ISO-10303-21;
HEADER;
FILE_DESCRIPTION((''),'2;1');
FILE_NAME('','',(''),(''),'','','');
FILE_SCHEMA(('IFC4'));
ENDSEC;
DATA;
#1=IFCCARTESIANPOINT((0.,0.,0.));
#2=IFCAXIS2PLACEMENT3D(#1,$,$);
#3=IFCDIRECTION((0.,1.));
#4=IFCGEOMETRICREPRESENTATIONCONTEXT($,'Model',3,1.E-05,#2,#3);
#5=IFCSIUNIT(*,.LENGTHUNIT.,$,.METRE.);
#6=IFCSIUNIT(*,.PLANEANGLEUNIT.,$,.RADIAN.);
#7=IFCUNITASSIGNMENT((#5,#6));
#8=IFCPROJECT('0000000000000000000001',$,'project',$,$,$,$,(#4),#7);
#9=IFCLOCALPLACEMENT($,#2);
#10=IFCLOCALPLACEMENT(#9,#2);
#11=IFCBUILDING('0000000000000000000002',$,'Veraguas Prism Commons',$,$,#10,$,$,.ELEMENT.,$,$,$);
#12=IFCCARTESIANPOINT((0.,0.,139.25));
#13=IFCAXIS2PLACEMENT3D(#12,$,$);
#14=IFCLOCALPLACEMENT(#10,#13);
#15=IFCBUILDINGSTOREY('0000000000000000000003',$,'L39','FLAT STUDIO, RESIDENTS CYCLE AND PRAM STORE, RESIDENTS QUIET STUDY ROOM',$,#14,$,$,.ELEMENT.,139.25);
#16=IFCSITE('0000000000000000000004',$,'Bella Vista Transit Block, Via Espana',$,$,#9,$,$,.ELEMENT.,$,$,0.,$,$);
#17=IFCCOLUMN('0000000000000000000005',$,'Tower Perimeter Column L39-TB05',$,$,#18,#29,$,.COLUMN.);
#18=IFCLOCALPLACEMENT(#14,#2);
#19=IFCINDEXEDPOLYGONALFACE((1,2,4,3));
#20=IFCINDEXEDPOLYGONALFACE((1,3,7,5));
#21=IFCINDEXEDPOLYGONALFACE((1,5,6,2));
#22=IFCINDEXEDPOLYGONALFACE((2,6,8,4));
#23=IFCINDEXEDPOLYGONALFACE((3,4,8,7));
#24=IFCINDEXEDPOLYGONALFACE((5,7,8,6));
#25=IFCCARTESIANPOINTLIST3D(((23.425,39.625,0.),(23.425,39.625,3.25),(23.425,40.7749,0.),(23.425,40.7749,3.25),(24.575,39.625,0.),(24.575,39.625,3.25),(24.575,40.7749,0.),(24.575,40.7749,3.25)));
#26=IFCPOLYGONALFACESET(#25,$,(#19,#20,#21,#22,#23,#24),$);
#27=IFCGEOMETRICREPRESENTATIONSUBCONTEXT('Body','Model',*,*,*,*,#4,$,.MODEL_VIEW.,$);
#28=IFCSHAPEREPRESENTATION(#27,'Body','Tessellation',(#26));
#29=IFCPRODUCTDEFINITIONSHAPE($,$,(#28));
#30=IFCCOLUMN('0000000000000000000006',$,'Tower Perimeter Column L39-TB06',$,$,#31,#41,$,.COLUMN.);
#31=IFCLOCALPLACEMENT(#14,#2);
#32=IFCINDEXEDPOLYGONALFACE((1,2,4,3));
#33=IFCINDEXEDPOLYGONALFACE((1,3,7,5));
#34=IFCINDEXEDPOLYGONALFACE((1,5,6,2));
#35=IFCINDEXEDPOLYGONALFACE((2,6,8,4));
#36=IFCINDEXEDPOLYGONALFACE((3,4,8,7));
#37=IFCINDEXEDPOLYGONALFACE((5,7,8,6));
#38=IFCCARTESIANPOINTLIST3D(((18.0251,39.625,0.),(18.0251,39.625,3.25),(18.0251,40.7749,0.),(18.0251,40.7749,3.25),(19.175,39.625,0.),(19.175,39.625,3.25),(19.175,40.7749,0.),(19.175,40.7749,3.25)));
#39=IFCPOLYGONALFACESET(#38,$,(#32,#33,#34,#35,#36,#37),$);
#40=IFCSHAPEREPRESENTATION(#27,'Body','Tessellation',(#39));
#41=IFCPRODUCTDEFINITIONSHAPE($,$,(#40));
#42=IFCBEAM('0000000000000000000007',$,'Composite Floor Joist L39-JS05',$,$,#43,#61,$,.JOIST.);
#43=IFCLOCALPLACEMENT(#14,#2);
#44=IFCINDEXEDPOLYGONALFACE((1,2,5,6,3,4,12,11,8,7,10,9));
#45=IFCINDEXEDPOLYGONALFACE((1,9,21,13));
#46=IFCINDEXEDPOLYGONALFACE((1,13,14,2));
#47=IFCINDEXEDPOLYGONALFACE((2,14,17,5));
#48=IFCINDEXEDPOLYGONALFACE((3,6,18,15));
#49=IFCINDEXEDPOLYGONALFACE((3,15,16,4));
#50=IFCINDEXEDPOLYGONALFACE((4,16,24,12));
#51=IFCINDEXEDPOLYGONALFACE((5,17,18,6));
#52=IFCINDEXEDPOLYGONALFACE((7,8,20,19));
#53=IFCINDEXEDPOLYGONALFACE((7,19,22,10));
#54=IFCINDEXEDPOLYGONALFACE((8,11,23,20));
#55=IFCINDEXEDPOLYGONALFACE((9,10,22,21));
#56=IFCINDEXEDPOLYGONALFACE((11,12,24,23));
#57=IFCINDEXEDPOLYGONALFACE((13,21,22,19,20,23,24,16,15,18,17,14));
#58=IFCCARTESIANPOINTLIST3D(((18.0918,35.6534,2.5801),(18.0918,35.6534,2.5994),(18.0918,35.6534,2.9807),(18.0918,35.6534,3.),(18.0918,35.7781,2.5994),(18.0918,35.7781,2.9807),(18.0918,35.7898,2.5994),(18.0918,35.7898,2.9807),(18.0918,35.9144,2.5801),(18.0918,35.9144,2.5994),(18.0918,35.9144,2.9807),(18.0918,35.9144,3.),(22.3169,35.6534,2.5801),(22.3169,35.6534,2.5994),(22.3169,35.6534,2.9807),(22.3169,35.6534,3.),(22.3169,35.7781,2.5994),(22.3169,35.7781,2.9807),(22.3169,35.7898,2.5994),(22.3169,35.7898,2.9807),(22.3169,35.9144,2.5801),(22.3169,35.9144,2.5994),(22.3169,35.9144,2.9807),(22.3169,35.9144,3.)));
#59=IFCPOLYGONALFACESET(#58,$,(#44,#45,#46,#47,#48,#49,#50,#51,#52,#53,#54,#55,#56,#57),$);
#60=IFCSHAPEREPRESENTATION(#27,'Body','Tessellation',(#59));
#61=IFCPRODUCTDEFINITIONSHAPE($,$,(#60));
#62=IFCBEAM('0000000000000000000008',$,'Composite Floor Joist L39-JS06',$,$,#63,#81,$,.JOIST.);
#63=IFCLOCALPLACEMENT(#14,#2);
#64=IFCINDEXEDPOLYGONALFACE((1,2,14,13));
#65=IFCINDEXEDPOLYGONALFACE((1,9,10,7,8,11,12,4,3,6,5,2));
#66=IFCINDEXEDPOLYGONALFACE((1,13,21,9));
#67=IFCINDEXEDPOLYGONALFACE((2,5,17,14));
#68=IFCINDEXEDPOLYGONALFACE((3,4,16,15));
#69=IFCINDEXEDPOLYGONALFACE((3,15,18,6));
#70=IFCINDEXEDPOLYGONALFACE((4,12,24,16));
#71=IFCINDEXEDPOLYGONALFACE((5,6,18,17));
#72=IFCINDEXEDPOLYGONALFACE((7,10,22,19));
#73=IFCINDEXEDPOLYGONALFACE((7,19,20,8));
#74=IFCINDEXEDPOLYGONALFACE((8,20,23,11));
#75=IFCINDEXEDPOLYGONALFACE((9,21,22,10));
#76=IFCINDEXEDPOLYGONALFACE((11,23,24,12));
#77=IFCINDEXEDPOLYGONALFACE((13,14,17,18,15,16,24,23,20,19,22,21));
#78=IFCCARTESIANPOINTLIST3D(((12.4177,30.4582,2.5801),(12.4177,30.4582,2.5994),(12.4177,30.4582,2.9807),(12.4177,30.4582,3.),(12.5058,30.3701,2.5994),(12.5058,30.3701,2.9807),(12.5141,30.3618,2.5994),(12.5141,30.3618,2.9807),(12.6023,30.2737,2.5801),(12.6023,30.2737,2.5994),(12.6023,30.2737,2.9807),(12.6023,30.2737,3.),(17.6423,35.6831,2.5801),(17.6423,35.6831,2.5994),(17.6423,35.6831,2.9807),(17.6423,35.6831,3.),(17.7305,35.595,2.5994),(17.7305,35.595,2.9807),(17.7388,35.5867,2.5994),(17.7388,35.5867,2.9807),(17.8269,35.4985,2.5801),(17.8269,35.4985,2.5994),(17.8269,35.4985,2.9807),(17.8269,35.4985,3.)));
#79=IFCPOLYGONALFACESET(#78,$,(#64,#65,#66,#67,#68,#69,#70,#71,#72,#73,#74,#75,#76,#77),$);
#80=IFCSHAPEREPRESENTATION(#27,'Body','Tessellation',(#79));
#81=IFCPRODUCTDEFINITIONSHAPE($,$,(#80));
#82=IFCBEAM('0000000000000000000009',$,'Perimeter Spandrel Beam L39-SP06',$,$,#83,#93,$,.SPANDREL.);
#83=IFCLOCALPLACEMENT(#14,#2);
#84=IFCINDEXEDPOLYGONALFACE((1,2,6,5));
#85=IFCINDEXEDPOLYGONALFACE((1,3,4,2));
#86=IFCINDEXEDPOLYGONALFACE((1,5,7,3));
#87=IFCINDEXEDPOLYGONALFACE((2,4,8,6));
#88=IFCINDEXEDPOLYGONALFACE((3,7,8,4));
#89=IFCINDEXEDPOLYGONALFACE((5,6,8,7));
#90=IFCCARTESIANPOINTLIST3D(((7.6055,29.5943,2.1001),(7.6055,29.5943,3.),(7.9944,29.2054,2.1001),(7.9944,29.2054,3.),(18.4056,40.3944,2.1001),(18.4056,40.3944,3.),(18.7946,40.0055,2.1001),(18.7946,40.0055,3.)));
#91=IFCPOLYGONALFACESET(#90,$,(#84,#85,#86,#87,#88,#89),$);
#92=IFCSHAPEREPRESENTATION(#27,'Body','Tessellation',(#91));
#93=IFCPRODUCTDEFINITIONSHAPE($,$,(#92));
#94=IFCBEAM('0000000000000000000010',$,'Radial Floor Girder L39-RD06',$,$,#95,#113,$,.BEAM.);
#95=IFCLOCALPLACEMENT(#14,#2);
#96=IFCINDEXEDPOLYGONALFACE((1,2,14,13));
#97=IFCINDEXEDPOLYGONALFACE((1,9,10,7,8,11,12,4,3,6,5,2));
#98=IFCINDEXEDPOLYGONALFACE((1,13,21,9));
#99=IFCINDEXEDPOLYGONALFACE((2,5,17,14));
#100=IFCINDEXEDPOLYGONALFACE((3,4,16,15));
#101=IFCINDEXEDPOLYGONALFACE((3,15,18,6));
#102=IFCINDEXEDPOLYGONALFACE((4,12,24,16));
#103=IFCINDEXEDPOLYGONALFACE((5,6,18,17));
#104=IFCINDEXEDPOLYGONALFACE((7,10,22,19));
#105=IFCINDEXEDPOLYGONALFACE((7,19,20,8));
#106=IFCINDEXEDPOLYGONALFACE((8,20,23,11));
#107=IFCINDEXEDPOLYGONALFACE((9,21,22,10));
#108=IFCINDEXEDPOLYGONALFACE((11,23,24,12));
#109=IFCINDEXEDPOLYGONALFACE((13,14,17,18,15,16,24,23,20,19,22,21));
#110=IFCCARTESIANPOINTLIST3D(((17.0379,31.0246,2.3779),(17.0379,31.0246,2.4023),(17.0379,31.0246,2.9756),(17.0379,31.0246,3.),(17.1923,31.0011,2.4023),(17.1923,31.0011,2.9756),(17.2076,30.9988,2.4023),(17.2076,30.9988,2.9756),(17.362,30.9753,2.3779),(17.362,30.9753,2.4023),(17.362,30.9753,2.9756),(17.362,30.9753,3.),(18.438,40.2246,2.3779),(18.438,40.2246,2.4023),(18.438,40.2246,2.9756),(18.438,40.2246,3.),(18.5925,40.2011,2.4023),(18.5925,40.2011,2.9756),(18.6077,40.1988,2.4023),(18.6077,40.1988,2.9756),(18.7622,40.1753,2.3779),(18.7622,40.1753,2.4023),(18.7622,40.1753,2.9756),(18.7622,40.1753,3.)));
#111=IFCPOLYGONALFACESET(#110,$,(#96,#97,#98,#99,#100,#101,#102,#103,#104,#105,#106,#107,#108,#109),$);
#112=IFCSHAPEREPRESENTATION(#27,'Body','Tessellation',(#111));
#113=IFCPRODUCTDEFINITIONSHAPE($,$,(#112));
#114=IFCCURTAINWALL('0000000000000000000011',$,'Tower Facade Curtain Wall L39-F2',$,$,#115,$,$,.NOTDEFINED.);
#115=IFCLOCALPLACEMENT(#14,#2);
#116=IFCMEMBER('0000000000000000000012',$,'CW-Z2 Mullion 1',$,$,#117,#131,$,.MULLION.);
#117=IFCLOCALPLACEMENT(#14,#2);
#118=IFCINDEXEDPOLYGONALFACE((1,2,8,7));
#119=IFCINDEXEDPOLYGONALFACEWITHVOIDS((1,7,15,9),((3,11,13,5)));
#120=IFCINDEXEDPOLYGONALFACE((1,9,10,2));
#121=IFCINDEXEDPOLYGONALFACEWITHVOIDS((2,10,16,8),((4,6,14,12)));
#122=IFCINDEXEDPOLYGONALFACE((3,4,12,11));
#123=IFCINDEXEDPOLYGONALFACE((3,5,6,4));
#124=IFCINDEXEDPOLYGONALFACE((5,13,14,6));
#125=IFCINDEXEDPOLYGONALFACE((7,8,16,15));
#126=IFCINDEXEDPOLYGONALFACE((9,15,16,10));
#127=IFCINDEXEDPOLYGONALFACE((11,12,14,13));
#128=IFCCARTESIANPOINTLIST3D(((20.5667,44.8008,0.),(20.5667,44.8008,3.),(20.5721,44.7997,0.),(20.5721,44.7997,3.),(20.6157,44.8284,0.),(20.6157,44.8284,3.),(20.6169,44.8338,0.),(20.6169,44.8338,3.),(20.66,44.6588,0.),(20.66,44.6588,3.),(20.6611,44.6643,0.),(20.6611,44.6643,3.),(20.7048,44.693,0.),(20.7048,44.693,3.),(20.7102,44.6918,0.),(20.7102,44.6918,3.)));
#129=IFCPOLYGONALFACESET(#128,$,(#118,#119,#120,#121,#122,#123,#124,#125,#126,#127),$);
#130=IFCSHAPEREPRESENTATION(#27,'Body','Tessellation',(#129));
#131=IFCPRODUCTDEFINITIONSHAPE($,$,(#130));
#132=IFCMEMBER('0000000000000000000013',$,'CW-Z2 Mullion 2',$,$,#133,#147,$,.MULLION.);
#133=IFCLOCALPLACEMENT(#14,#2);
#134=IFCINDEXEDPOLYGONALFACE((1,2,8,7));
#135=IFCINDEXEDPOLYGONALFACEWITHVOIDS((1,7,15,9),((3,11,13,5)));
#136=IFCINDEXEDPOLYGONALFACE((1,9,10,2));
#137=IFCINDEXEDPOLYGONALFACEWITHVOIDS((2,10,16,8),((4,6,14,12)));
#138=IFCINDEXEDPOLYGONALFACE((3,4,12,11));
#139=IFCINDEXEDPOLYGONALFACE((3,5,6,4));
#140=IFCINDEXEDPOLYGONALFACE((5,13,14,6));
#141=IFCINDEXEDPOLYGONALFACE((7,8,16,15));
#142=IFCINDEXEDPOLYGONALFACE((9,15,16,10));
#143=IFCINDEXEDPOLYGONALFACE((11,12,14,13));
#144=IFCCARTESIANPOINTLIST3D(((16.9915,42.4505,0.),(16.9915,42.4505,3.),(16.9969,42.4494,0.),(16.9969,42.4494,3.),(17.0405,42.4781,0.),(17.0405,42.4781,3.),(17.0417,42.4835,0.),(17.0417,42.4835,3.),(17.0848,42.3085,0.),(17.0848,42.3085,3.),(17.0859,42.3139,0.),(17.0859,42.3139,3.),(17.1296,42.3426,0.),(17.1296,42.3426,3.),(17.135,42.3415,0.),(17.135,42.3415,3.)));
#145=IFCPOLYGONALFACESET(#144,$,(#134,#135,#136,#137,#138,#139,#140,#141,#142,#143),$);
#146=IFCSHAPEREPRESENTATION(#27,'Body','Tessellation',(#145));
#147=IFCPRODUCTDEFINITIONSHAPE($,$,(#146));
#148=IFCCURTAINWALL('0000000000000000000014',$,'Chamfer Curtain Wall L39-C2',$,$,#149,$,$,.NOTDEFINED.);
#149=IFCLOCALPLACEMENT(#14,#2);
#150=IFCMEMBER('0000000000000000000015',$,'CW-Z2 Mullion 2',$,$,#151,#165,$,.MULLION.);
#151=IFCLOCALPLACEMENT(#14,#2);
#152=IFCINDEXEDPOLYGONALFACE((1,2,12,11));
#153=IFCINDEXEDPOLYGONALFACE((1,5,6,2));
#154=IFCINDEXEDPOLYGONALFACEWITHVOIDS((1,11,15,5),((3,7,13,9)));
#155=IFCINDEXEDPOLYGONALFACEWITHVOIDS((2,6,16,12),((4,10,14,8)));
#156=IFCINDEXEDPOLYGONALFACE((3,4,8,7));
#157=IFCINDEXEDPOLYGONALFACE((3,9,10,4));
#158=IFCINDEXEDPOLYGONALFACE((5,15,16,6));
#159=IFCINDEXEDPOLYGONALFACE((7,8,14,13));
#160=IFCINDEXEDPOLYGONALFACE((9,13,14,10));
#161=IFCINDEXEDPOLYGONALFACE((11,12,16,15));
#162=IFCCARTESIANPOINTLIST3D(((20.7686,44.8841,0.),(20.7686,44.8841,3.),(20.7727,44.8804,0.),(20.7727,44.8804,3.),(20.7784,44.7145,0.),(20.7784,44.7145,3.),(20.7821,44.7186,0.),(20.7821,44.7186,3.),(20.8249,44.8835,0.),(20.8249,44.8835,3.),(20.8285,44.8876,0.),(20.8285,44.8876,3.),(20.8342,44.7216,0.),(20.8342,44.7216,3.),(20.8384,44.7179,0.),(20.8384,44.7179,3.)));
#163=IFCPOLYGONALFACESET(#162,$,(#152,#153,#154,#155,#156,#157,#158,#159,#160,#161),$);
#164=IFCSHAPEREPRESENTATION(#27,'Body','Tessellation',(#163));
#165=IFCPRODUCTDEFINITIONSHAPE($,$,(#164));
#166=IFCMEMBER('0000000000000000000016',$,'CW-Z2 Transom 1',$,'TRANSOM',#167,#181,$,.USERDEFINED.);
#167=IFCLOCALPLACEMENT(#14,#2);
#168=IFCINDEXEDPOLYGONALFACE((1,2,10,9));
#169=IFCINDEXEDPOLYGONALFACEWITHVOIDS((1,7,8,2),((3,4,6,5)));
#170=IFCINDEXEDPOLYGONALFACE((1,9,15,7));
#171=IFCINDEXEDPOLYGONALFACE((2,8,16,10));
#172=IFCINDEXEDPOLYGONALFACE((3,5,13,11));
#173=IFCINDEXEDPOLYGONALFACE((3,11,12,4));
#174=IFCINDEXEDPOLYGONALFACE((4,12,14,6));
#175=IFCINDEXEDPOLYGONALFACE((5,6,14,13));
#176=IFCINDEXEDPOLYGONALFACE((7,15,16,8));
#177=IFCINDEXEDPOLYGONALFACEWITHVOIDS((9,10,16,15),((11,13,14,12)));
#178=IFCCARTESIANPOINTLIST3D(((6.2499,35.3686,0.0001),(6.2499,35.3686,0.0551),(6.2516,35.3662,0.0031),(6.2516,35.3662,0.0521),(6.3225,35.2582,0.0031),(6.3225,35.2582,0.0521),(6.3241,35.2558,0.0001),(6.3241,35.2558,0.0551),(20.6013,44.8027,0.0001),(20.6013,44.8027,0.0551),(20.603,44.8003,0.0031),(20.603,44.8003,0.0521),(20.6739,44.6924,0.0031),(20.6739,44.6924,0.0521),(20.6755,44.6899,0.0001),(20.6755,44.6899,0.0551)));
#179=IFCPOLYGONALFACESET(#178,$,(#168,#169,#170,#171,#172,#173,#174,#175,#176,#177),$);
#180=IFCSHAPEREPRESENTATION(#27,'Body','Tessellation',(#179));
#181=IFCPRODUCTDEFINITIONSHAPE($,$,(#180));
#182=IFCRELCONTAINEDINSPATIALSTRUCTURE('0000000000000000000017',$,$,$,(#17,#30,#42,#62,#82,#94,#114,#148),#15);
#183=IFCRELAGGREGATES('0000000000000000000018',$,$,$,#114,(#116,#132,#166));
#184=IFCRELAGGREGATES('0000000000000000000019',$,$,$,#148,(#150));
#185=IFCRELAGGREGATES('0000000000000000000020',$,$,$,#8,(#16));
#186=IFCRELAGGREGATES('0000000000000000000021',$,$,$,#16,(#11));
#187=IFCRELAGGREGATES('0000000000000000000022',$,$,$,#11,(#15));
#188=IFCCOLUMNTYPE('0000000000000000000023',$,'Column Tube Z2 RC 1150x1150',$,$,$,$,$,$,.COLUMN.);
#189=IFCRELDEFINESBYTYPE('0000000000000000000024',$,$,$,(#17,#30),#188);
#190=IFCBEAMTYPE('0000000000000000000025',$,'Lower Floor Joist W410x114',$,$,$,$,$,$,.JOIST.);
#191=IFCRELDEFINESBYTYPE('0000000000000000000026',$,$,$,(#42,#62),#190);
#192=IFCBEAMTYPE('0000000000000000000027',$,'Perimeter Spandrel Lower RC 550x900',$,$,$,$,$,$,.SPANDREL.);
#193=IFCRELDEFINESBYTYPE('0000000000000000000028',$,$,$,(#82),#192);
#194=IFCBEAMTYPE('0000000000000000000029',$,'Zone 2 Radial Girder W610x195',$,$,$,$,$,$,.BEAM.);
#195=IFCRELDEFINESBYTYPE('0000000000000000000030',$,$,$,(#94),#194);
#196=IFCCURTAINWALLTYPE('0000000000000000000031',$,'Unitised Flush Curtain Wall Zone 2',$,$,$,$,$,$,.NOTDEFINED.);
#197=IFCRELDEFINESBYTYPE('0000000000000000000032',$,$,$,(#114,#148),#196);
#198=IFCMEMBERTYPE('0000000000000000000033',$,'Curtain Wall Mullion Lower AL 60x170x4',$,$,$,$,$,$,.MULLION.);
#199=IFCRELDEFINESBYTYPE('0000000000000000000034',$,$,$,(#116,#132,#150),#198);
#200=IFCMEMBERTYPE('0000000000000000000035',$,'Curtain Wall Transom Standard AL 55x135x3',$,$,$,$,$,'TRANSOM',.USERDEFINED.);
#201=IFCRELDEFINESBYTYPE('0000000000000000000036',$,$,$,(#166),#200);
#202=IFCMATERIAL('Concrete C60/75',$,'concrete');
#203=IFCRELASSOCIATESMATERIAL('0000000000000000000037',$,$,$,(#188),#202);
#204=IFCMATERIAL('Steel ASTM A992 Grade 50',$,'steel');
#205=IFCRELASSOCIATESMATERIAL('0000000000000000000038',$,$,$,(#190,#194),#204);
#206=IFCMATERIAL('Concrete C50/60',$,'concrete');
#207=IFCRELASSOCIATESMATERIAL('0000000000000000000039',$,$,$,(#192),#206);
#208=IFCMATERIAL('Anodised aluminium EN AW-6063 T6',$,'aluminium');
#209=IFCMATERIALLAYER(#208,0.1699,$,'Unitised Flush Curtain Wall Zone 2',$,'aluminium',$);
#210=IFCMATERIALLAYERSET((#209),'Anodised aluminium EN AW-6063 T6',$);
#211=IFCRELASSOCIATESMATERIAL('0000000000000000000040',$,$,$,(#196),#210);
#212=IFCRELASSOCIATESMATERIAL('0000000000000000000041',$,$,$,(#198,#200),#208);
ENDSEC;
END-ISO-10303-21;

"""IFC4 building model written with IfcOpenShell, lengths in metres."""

from ifc_helpers import new_model, si_unit, direction, frame, origin, origin_2d, place, context, subcontext, project, spatial, rectangle, hollow_rectangle, i_section, extrude, source, transform, mapped, material, layer, layer_set, material_profile, profile_set, type_object, element, aggregate, save


model = new_model("IFC4")

# Units and contexts
model_context = context("Model", 3, precision=1e-05, world=origin(), true_north=direction((0.0, 1.0)))
body_context = subcontext(model_context, "Body", "Model", "MODEL_VIEW")
ifc_project = project(units=[si_unit("LENGTHUNIT", "METRE"), si_unit("PLANEANGLEUNIT", "RADIAN")], contexts=[model_context])

# Site, building, storey
site_placement = place(None, origin())
site = spatial("IfcSite", under=ifc_project, at=site_placement, Name="Bella Vista Transit Block, Via Espana", CompositionType="ELEMENT", RefElevation=0.0)
building_placement = place(site_placement, origin())
building = spatial("IfcBuilding", under=site, at=building_placement, Name="Veraguas Prism Commons", CompositionType="ELEMENT")
storey_placement = place(building_placement, frame((0.0, 0.0, 139.25)))
storey = spatial("IfcBuildingStorey", under=building, at=storey_placement, Name="L39", Description="FLAT STUDIO, RESIDENTS CYCLE AND PRAM STORE, RESIDENTS QUIET STUDY ROOM", CompositionType="ELEMENT", Elevation=139.25)

# Columns
ifc_material_1 = material(Name="Concrete C60/75", Category="concrete")
ifc_material_profile_1 = material_profile(ifc_material_1, rectangle(XDim=1.1499, YDim=1.1499, at=origin_2d()), Name="RC1150X1150")
ifc_profile_set_1 = profile_set([ifc_material_profile_1], Name="Concrete C60/75")
column_type = type_object("IfcColumnType", Name="Column Tube Z2 RC 1150x1150", PredefinedType="COLUMN", material=ifc_profile_set_1)
for number, where, z_axis, x_axis, name in (
    (1, (24.0, 40.2, 0.0), (0.0, 0.0, 1.0), (1.0, 0.0, 0.0), "Tower Perimeter Column L39-TB05"),
    (2, (18.6001, 40.2, 0.0), (0.0, 0.0, 1.0), (1.0, 0.0, 0.0), "Tower Perimeter Column L39-TB06"),
):
    element("IfcColumn", number, at=place(storey_placement, frame(where, z_axis=z_axis, x_axis=x_axis)), inside=storey, type_object=column_type, Name=name, PredefinedType="COLUMN", context=body_context, shape_type="SweptSolid", body=[
        extrude(rectangle(XDim=1.1499, YDim=1.1499, at=origin_2d()), origin(), (0.0, 0.0, 1.0), 3.25),
    ])

# Beams
ifc_material_2 = material(Name="Steel ASTM A992 Grade 50", Category="steel")
ifc_material_profile_2 = material_profile(ifc_material_2, i_section(OverallWidth=0.261, OverallDepth=0.4199, WebThickness=0.0117, FlangeThickness=0.0193, at=origin_2d()), Name="W410X114")
ifc_profile_set_2 = profile_set([ifc_material_profile_2], Name="Steel ASTM A992 Grade 50")
beam_type_1 = type_object("IfcBeamType", Name="Lower Floor Joist W410x114", PredefinedType="JOIST", material=ifc_profile_set_2)
beam_1_placement = place(storey_placement, frame((22.3169, 35.7839, 2.79), z_axis=(-1.0, 0.0, 0.0), x_axis=(0.0, -1.0, 0.0)))
element("IfcBeam", 3, at=beam_1_placement, inside=storey, type_object=beam_type_1, Name="Composite Floor Joist L39-JS05", PredefinedType="JOIST", context=body_context, shape_type="SweptSolid", body=[
    extrude(i_section(OverallWidth=0.261, OverallDepth=0.4199, WebThickness=0.0117, FlangeThickness=0.0193, at=origin_2d()), origin(), (0.0, 0.0, 1.0), 4.2251),
])
beam_2_placement = place(storey_placement, frame((17.7346, 35.5908, 2.79), z_axis=(-0.70709, -0.707123, 0.0), x_axis=(0.707123, -0.70709, 0.0)))
element("IfcBeam", 4, at=beam_2_placement, inside=storey, type_object=beam_type_1, Name="Composite Floor Joist L39-JS06", PredefinedType="JOIST", context=body_context, shape_type="SweptSolid", body=[
    extrude(i_section(OverallWidth=0.261, OverallDepth=0.4199, WebThickness=0.0117, FlangeThickness=0.0193, at=origin_2d()), origin(), (0.0, 0.0, 1.0), 7.3889),
])
ifc_material_3 = material(Name="Concrete C50/60", Category="concrete")
ifc_material_profile_3 = material_profile(ifc_material_3, rectangle(XDim=0.55, YDim=0.8999, at=origin_2d()), Name="RC550X900")
ifc_profile_set_3 = profile_set([ifc_material_profile_3], Name="Concrete C50/60")
beam_type_2 = type_object("IfcBeamType", Name="Perimeter Spandrel Lower RC 550x900", PredefinedType="SPANDREL", material=ifc_profile_set_3)
beam_3_placement = place(storey_placement, frame((18.6001, 40.2, 2.55), z_axis=(-0.707107, -0.707107, 0.0), x_axis=(0.707107, -0.707107, 0.0)))
element("IfcBeam", 5, at=beam_3_placement, inside=storey, type_object=beam_type_2, Name="Perimeter Spandrel Beam L39-SP06", PredefinedType="SPANDREL", context=body_context, shape_type="SweptSolid", body=[
    extrude(rectangle(XDim=0.55, YDim=0.8999, at=origin_2d()), origin(), (0.0, 0.0, 1.0), 15.2737),
])
ifc_material_profile_4 = material_profile(ifc_material_2, i_section(OverallWidth=0.3279, OverallDepth=0.6221, WebThickness=0.0154, FlangeThickness=0.0244, at=origin_2d()), Name="W610X195")
ifc_profile_set_4 = profile_set([ifc_material_profile_4], Name="Steel ASTM A992 Grade 50")
beam_type_3 = type_object("IfcBeamType", Name="Zone 2 Radial Girder W610x195", PredefinedType="BEAM", material=ifc_profile_set_4)
beam_4_placement = place(storey_placement, frame((18.6001, 40.2, 2.689), z_axis=(-0.150458, -0.988616, 0.0), x_axis=(0.988616, -0.150458, 0.0)))
element("IfcBeam", 6, at=beam_4_placement, inside=storey, type_object=beam_type_3, Name="Radial Floor Girder L39-RD06", PredefinedType="BEAM", context=body_context, shape_type="SweptSolid", body=[
    extrude(i_section(OverallWidth=0.3279, OverallDepth=0.6221, WebThickness=0.0154, FlangeThickness=0.0244, at=origin_2d()), origin(), (0.0, 0.0, 1.0), 9.3059),
])

# Curtain wall, members
ifc_material_4 = material(Name="Anodised aluminium EN AW-6063 T6", Category="aluminium")
ifc_layer_1 = layer(ifc_material_4, 0.1699, Name="Unitised Flush Curtain Wall Zone 2", Category="aluminium")
ifc_layer_set_1 = layer_set([ifc_layer_1], Name="Anodised aluminium EN AW-6063 T6")
curtain_wall_type = type_object("IfcCurtainWallType", Name="Unitised Flush Curtain Wall Zone 2", PredefinedType="NOTDEFINED", material=ifc_layer_set_1)
curtain_wall_1_placement = place(storey_placement, origin())
curtain_wall_1 = element("IfcCurtainWall", 7, at=curtain_wall_1_placement, inside=storey, type_object=curtain_wall_type, Name="Tower Facade Curtain Wall L39-F2", PredefinedType="NOTDEFINED")
ifc_material_profile_5 = material_profile(ifc_material_4, hollow_rectangle(XDim=0.0601, YDim=0.1699, WallThickness=0.0039, at=origin_2d()), Name="AL60X170X4")
ifc_profile_set_5 = profile_set([ifc_material_profile_5], Name="Anodised aluminium EN AW-6063 T6")
member_type_1 = type_object("IfcMemberType", Name="Curtain Wall Mullion Lower AL 60x170x4", PredefinedType="MULLION", material=ifc_profile_set_5)
shared_shape_1 = source(origin(), body_context, "Body", "SweptSolid", [
    extrude(hollow_rectangle(XDim=0.0601, YDim=0.1699, WallThickness=0.0039, at=origin_2d()), origin(), (0.0, 0.0, 1.0), 3.0),
])
member_1_placement = place(storey_placement, frame((20.6384, 44.7463, 0.0), z_axis=(0.0, 0.0, 1.0), x_axis=(-0.83562, -0.549309, 0.0)))
member_1 = element("IfcMember", 8, at=member_1_placement, type_object=member_type_1, Name="CW-Z2 Mullion 1", PredefinedType="MULLION", context=body_context, shape_type="MappedRepresentation", body=[
    mapped(shared_shape_1, transform((0.0, 0.0, 0.0), scale=1.0)),
])
member_2_placement = place(storey_placement, frame((17.0632, 42.396, 0.0), z_axis=(0.0, 0.0, 1.0), x_axis=(-0.83562, -0.549309, 0.0)))
member_2 = element("IfcMember", 9, at=member_2_placement, type_object=member_type_1, Name="CW-Z2 Mullion 2", PredefinedType="MULLION", context=body_context, shape_type="MappedRepresentation", body=[
    mapped(shared_shape_1, transform((0.0, 0.0, 0.0), scale=1.0)),
])

# Curtain wall, member
curtain_wall_2_placement = place(storey_placement, origin())
curtain_wall_2 = element("IfcCurtainWall", 10, at=curtain_wall_2_placement, inside=storey, type_object=curtain_wall_type, Name="Chamfer Curtain Wall L39-C2", PredefinedType="NOTDEFINED")
member_3_placement = place(storey_placement, frame((20.8035, 44.801, 0.0), z_axis=(0.0, 0.0, 1.0), x_axis=(-0.998323, -0.057897, 0.0)))
member_3 = element("IfcMember", 11, at=member_3_placement, type_object=member_type_1, Name="CW-Z2 Mullion 2", PredefinedType="MULLION", context=body_context, shape_type="MappedRepresentation", body=[
    mapped(shared_shape_1, transform((0.0, 0.0, 0.0), scale=1.0)),
])

# Member
ifc_material_profile_6 = material_profile(ifc_material_4, hollow_rectangle(XDim=0.0549, YDim=0.135, WallThickness=0.0029, at=origin_2d()), Name="AL55X135X3")
ifc_profile_set_6 = profile_set([ifc_material_profile_6], Name="Anodised aluminium EN AW-6063 T6")
member_type_2 = type_object("IfcMemberType", Name="Curtain Wall Transom Standard AL 55x135x3", ElementType="TRANSOM", PredefinedType="USERDEFINED", material=ifc_profile_set_6)
shared_shape_2 = source(origin(), body_context, "Body", "SweptSolid", [
    extrude(hollow_rectangle(XDim=0.0549, YDim=0.135, WallThickness=0.0029, at=origin_2d()), origin(), (0.0, 0.0, 1.0), 17.1746),
])
member_4_placement = place(storey_placement, frame((20.6384, 44.7463, 0.0276), z_axis=(-0.83562, -0.549309, 0.0), x_axis=(0.0, 0.0, 1.0)))
member_4 = element("IfcMember", 12, at=member_4_placement, type_object=member_type_2, Name="CW-Z2 Transom 1", ObjectType="TRANSOM", PredefinedType="USERDEFINED", context=body_context, shape_type="MappedRepresentation", body=[
    mapped(shared_shape_2, transform((0.0, 0.0, 0.0), scale=1.0)),
])

aggregate(curtain_wall_1, [member_1, member_2, member_4])
aggregate(curtain_wall_2, [member_3])

save(model, "model.ifc")
